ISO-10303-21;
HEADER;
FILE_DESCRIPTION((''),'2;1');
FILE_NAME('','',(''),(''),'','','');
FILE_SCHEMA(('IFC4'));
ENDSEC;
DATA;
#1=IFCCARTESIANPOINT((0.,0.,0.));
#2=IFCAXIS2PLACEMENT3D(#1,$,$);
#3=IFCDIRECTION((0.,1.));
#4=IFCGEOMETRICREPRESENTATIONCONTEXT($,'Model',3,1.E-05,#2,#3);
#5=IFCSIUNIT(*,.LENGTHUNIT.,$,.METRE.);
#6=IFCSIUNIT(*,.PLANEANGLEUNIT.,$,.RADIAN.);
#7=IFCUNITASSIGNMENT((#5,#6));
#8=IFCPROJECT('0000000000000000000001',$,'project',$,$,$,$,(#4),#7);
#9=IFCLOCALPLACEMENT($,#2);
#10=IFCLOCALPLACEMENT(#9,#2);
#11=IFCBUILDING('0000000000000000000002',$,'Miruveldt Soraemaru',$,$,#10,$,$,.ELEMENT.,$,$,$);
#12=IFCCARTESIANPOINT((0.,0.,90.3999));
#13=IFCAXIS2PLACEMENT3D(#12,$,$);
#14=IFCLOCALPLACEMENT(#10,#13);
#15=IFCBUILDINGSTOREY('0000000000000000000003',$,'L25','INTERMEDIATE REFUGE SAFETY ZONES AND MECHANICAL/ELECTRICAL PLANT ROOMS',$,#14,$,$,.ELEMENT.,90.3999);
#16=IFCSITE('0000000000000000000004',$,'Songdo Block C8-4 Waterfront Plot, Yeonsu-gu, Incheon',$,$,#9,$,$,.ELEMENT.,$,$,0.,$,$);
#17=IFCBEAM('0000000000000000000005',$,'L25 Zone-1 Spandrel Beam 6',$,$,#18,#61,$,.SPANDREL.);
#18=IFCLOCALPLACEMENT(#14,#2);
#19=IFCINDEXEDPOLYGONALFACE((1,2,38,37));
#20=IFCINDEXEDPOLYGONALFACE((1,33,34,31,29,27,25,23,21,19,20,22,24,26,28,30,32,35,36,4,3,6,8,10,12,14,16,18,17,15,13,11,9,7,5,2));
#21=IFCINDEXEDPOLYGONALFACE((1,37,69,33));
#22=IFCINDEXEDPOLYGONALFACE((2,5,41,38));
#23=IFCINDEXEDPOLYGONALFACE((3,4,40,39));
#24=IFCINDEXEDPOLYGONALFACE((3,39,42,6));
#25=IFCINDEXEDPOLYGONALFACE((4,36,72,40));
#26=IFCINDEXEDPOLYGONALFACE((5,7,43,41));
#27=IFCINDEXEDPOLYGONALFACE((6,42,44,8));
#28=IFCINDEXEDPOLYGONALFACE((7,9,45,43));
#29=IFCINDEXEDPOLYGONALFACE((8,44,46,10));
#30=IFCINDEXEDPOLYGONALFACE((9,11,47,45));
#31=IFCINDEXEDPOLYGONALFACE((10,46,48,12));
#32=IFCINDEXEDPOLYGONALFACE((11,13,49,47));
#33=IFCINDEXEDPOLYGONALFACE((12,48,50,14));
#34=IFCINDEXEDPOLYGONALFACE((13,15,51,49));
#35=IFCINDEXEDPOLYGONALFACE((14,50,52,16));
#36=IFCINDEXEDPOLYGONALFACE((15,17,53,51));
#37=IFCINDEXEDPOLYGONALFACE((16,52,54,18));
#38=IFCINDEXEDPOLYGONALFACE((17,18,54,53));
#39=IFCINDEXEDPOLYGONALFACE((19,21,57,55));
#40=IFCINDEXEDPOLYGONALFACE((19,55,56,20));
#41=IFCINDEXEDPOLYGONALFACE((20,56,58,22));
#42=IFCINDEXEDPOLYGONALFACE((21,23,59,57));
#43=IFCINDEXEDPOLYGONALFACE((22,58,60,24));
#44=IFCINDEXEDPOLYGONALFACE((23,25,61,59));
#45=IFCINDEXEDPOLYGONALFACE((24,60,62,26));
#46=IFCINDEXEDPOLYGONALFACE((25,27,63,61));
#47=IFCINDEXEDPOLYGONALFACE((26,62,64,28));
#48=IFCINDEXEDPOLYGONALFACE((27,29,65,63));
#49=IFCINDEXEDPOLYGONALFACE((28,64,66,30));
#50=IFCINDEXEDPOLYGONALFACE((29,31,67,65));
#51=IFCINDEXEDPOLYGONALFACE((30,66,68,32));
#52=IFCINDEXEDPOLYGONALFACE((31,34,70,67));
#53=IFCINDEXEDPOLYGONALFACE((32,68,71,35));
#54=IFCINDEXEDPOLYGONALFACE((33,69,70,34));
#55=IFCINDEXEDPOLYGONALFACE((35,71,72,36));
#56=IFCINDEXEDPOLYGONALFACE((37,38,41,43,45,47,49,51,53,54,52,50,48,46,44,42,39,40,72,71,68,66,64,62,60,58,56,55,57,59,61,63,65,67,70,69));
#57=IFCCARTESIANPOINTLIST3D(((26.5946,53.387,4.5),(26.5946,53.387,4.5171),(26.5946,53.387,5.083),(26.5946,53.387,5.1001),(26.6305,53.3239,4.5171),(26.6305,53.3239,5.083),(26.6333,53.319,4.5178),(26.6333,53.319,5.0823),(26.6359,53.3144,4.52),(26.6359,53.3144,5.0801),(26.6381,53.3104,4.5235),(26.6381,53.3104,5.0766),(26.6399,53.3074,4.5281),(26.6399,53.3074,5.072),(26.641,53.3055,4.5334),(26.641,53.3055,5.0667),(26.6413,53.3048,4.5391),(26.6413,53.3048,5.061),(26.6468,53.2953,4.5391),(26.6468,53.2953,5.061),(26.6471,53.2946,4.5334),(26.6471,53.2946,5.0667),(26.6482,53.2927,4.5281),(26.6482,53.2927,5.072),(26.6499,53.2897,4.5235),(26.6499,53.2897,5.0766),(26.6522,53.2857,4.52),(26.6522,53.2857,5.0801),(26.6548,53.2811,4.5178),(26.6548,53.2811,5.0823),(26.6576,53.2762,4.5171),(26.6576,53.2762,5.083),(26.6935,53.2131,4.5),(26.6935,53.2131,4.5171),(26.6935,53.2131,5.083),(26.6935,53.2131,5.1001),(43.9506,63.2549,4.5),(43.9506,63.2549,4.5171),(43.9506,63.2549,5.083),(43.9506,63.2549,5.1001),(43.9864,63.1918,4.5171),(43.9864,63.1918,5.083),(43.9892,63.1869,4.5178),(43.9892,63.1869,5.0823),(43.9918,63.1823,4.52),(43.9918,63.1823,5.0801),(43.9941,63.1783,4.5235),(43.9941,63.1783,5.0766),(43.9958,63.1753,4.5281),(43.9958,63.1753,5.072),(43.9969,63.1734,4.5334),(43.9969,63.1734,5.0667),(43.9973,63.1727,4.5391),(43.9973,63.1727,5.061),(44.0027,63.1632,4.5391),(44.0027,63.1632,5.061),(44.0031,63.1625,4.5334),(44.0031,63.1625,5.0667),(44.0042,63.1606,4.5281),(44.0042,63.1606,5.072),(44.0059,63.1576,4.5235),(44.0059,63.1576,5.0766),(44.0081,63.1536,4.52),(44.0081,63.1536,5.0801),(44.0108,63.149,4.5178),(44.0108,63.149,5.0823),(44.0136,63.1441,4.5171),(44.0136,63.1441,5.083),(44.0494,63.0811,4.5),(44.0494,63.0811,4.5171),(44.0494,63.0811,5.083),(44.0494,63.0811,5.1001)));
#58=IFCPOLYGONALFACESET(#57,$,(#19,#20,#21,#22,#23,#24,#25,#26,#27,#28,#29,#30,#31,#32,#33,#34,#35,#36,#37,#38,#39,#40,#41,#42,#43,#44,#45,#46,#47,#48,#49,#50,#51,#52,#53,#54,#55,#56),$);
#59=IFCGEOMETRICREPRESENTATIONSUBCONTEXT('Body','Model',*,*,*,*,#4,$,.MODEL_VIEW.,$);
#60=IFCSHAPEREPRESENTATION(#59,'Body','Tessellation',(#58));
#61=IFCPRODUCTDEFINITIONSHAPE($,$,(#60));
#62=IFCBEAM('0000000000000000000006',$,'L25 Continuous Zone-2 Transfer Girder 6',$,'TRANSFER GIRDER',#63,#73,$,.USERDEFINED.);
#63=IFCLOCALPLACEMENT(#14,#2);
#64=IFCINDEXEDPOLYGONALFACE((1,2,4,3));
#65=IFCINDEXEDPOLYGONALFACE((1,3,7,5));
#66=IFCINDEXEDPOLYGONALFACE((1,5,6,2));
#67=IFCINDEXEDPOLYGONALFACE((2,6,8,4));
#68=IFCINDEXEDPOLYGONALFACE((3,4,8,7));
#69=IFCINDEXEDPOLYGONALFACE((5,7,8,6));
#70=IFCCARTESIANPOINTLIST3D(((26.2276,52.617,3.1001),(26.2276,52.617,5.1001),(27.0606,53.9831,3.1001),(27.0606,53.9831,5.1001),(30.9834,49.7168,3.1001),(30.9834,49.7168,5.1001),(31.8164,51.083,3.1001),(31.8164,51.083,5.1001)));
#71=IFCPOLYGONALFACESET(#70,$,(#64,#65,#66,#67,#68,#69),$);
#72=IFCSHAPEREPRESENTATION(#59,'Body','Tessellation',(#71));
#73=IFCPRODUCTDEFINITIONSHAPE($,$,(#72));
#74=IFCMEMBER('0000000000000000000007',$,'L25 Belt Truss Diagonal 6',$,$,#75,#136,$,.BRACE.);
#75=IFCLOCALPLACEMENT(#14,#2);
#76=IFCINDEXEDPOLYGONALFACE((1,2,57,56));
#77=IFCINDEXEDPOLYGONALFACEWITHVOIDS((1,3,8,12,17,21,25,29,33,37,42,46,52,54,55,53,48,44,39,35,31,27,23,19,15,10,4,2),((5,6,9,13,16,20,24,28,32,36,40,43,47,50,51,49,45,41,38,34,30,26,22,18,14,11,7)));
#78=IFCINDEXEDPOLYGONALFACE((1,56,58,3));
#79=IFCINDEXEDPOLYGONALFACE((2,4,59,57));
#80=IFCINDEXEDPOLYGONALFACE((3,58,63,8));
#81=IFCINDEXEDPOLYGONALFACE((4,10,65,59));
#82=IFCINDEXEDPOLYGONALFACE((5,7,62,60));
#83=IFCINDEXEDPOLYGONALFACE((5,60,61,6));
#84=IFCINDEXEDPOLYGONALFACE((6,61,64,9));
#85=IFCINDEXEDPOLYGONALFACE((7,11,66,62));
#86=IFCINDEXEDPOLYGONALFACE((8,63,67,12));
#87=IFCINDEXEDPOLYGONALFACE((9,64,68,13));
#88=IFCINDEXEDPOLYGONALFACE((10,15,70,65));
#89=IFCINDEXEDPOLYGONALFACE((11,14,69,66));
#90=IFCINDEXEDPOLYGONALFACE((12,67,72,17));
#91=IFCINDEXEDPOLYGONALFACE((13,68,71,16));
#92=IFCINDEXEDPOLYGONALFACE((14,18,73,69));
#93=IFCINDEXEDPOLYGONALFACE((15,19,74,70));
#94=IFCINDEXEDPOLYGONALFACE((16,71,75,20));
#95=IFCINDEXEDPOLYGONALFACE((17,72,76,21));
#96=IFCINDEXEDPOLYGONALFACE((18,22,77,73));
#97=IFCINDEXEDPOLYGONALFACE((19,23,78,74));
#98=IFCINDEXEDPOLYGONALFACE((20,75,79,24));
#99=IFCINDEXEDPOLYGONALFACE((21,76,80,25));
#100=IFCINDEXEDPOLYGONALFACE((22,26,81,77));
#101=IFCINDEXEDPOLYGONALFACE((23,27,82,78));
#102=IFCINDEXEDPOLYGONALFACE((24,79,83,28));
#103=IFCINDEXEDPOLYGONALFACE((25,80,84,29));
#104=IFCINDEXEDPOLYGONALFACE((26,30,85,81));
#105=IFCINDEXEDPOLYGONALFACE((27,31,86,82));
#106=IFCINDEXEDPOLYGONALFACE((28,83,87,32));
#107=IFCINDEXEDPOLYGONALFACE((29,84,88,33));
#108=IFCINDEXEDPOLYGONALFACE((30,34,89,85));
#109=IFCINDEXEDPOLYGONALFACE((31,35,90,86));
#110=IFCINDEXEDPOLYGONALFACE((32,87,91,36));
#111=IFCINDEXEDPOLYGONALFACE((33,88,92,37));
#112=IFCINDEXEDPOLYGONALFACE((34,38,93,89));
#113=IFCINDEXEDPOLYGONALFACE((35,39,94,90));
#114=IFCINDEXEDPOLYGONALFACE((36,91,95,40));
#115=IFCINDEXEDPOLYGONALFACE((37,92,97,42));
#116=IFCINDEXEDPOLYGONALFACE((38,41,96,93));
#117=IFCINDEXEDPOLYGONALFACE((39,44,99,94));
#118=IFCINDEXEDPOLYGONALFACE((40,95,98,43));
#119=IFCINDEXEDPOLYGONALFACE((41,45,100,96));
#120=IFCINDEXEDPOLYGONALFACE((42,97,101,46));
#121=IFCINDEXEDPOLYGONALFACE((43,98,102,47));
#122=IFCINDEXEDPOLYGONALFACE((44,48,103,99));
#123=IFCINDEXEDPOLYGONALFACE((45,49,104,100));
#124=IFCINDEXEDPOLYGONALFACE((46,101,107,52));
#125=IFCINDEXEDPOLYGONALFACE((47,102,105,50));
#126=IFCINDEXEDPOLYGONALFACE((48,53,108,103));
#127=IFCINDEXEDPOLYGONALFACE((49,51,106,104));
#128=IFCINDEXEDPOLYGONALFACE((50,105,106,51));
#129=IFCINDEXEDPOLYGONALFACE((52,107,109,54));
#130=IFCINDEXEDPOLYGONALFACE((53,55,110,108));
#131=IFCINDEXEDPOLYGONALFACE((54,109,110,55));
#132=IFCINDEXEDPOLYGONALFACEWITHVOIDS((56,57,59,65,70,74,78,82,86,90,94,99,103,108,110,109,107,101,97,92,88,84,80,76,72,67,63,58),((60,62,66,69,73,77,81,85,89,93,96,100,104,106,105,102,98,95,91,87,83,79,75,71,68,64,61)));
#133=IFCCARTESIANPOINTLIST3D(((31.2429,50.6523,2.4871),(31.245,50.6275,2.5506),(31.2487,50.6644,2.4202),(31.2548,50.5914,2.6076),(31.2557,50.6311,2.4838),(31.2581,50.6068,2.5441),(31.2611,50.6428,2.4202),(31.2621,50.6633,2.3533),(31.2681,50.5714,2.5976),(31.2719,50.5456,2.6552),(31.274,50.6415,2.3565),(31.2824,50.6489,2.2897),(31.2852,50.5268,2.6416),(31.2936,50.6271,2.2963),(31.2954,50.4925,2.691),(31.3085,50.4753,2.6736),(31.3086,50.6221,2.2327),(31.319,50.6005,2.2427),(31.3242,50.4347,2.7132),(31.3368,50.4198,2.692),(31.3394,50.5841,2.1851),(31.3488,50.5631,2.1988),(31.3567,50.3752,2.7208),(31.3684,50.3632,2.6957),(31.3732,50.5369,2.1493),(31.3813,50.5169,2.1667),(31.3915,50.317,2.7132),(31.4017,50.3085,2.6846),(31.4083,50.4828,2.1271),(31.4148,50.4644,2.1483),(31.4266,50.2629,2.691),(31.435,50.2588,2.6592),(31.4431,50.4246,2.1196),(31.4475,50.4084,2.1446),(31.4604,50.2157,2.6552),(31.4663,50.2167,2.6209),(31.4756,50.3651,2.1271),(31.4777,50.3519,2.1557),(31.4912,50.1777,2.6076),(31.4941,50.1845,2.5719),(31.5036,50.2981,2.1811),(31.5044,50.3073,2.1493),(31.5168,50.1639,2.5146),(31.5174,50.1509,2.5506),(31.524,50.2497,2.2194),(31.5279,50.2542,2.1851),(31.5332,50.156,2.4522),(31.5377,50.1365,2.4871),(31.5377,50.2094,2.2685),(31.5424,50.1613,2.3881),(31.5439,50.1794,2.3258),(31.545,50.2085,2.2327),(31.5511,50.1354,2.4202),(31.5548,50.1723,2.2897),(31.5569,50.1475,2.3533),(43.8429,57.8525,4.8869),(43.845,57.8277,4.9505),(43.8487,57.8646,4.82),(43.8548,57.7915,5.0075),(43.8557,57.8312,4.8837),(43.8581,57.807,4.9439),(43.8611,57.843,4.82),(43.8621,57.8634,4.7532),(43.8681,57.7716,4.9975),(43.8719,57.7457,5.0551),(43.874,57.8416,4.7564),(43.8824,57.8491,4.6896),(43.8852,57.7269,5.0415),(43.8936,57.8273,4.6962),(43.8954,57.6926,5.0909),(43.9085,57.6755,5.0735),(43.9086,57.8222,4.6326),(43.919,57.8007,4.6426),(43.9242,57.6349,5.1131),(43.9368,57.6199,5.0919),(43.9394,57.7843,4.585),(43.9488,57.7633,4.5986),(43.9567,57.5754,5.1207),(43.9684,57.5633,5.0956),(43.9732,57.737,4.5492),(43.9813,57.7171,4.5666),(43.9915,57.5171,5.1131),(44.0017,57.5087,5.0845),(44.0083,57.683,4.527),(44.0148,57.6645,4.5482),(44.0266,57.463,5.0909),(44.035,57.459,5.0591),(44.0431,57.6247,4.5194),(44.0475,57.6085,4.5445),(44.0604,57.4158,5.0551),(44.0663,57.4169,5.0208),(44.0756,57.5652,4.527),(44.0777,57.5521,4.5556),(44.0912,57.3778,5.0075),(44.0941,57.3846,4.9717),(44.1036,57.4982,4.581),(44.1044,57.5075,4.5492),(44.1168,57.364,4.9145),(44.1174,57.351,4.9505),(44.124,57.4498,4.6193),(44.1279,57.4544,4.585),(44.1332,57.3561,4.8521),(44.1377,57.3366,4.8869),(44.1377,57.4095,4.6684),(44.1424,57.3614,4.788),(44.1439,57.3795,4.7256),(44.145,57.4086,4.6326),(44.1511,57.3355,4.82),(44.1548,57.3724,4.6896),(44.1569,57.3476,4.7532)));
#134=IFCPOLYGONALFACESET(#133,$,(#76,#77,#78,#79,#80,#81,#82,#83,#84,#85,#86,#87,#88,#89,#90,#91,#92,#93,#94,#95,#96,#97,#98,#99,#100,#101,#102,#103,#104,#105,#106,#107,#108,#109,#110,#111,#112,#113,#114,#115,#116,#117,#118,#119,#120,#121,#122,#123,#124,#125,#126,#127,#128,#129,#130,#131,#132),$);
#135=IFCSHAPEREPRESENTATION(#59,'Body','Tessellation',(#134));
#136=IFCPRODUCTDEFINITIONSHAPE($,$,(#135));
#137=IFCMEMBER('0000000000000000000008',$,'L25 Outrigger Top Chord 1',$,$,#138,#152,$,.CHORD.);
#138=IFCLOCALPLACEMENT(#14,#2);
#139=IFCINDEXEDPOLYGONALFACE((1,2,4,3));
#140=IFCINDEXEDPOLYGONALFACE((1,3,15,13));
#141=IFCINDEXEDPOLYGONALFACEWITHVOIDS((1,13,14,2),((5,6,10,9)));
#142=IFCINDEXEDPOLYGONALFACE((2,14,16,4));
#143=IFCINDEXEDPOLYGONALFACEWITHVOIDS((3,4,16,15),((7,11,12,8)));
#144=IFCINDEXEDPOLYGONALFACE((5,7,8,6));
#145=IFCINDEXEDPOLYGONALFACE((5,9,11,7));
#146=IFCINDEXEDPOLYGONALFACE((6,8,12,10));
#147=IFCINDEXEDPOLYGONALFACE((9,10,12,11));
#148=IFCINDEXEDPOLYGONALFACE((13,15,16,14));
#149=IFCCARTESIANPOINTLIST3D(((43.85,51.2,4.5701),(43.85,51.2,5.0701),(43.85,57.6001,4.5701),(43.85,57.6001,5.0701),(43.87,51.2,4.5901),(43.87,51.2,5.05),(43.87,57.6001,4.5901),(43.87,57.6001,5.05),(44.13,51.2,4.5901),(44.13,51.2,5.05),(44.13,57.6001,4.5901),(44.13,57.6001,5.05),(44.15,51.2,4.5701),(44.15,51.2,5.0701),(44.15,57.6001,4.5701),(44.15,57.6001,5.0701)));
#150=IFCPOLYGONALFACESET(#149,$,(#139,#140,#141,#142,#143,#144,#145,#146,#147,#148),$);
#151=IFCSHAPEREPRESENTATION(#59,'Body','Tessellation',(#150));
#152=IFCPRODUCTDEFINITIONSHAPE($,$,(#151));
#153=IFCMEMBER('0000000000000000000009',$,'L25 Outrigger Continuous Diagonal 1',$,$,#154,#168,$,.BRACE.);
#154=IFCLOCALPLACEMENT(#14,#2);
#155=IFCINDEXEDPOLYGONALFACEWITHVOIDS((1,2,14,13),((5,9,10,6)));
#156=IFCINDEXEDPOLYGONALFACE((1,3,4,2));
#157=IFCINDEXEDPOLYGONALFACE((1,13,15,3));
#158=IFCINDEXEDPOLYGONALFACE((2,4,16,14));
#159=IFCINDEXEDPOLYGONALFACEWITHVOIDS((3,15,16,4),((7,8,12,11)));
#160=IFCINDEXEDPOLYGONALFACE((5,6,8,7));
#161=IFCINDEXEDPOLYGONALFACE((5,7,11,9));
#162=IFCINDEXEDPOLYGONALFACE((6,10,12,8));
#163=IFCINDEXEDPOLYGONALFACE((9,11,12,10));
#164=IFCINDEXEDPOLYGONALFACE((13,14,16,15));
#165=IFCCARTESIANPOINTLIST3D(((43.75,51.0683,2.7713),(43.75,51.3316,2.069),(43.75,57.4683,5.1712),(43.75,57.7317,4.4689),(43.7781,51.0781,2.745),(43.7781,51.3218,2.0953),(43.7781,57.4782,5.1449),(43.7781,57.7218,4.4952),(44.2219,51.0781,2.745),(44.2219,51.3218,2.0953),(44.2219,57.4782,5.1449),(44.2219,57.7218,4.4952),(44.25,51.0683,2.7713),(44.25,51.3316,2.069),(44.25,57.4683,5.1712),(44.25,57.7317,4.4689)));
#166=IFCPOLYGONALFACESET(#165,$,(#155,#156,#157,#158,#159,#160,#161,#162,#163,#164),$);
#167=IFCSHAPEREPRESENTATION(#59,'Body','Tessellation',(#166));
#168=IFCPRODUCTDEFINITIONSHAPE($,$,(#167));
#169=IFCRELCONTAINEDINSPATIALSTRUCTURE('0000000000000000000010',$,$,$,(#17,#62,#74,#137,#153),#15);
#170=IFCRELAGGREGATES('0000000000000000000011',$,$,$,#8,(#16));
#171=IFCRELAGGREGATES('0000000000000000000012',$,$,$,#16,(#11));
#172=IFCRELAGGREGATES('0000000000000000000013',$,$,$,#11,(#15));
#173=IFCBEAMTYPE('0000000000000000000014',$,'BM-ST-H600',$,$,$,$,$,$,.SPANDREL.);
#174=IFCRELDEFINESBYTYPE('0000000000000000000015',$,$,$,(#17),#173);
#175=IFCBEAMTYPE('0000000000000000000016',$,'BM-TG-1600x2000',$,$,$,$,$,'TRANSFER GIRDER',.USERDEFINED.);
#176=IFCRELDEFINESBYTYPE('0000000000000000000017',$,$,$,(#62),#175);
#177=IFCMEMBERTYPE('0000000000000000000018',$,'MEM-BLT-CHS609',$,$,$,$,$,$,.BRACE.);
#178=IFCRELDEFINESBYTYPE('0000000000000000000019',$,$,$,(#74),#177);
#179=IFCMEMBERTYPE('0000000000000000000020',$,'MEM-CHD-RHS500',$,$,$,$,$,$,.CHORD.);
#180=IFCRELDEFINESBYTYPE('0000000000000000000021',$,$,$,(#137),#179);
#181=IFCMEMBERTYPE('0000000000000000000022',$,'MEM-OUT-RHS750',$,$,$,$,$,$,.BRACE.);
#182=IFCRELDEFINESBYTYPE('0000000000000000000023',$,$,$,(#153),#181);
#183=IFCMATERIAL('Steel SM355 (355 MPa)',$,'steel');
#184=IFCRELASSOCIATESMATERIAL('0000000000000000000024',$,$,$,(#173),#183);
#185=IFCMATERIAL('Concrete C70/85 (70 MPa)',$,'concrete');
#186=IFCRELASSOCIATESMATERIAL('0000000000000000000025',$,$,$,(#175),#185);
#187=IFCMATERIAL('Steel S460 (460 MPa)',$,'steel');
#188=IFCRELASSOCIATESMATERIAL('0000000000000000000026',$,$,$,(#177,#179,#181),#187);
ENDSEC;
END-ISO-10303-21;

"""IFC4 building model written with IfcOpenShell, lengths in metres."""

from ifc_helpers import new_model, si_unit, direction, frame, origin, origin_2d, place, context, subcontext, project, spatial, rectangle, hollow_rectangle, hollow_circle, i_section, extrude, material, material_profile, profile_set, type_object, element, save


model = new_model("IFC4")

# Units and contexts
model_context = context("Model", 3, precision=1e-05, world=origin(), true_north=direction((0.0, 1.0)))
body_context = subcontext(model_context, "Body", "Model", "MODEL_VIEW")
ifc_project = project(units=[si_unit("LENGTHUNIT", "METRE"), si_unit("PLANEANGLEUNIT", "RADIAN")], contexts=[model_context])

# Site, building, storey
site_placement = place(None, origin())
site = spatial("IfcSite", under=ifc_project, at=site_placement, Name="Songdo Block C8-4 Waterfront Plot, Yeonsu-gu, Incheon", CompositionType="ELEMENT", RefElevation=0.0)
building_placement = place(site_placement, origin())
building = spatial("IfcBuilding", under=site, at=building_placement, Name="Miruveldt Soraemaru", CompositionType="ELEMENT")
storey_placement = place(building_placement, frame((0.0, 0.0, 90.3999)))
storey = spatial("IfcBuildingStorey", under=building, at=storey_placement, Name="L25", Description="INTERMEDIATE REFUGE SAFETY ZONES AND MECHANICAL/ELECTRICAL PLANT ROOMS", CompositionType="ELEMENT", Elevation=90.3999)

# Shared definitions
ifc_material_1 = material(Name="Concrete C70/85 (70 MPa)", Category="concrete")

# Beams
ifc_material_2 = material(Name="Steel SM355 (355 MPa)", Category="steel")
ifc_material_profile_1 = material_profile(ifc_material_2, i_section(OverallWidth=0.2, OverallDepth=0.6001, WebThickness=0.011, FlangeThickness=0.0171, FilletRadius=0.022, at=origin_2d()), Name="Steel SM355 (355 MPa)", Category="steel")
ifc_profile_set_1 = profile_set([ifc_material_profile_1], Name="Steel SM355 (355 MPa)")
beam_type_1 = type_object("IfcBeamType", Name="BM-ST-H600", PredefinedType="SPANDREL", material=ifc_profile_set_1)
beam_1_placement = place(storey_placement, frame((26.644, 53.3, 4.8), z_axis=(0.869315, 0.494259, 0.0), x_axis=(-0.494259, 0.869315, 0.0)))
element("IfcBeam", 1, at=beam_1_placement, inside=storey, type_object=beam_type_1, Name="L25 Zone-1 Spandrel Beam 6", PredefinedType="SPANDREL", context=body_context, shape_type="SweptSolid", body=[
    extrude(i_section(OverallWidth=0.2, OverallDepth=0.6001, WebThickness=0.011, FlangeThickness=0.0171, FilletRadius=0.022, at=origin_2d()), origin(), (0.0, 0.0, 1.0), 19.9651),
])
ifc_material_profile_2 = material_profile(ifc_material_1, rectangle(XDim=1.6001, YDim=2.0, at=origin_2d()), Name="Concrete C70/85 (70 MPa)", Category="concrete")
ifc_profile_set_2 = profile_set([ifc_material_profile_2], Name="Concrete C70/85 (70 MPa)")
beam_type_2 = type_object("IfcBeamType", Name="BM-TG-1600x2000", ElementType="TRANSFER GIRDER", PredefinedType="USERDEFINED", material=ifc_profile_set_2)
beam_2_placement = place(storey_placement, frame((31.3999, 50.3999, 4.1001), z_axis=(-0.853778, 0.520638, 0.0), x_axis=(-0.520638, -0.853778, 0.0)))
element("IfcBeam", 2, at=beam_2_placement, inside=storey, type_object=beam_type_2, Name="L25 Continuous Zone-2 Transfer Girder 6", ObjectType="TRANSFER GIRDER", PredefinedType="USERDEFINED", context=body_context, shape_type="SweptSolid", body=[
    extrude(rectangle(XDim=1.6001, YDim=2.0, at=origin_2d()), origin(), (0.0, 0.0, 1.0), 5.5703),
])

# Members
ifc_material_3 = material(Name="Steel S460 (460 MPa)", Category="steel")
ifc_material_profile_3 = material_profile(ifc_material_3, hollow_circle(Radius=0.3047, WallThickness=0.0249, at=origin_2d()), Name="Steel S460 (460 MPa)", Category="steel")
ifc_profile_set_3 = profile_set([ifc_material_profile_3], Name="Steel S460 (460 MPa)")
member_type_1 = type_object("IfcMemberType", Name="MEM-BLT-CHS609", PredefinedType="BRACE", material=ifc_profile_set_3)
member_1_placement = place(storey_placement, frame((31.3999, 50.3999, 2.4202), z_axis=(0.856605, 0.489498, 0.163155), x_axis=(-0.496146, 0.868239, 0.0)))
element("IfcMember", 3, at=member_1_placement, inside=storey, type_object=member_type_1, Name="L25 Belt Truss Diagonal 6", PredefinedType="BRACE", context=body_context, shape_type="SweptSolid", body=[
    extrude(hollow_circle(Radius=0.3047, WallThickness=0.0249, at=origin_2d()), origin(), (0.0, 0.0, 1.0), 14.7092),
])
ifc_material_profile_4 = material_profile(ifc_material_3, hollow_rectangle(XDim=0.3, YDim=0.5, WallThickness=0.02, at=origin_2d()), Name="Steel S460 (460 MPa)", Category="steel")
ifc_profile_set_4 = profile_set([ifc_material_profile_4], Name="Steel S460 (460 MPa)")
member_type_2 = type_object("IfcMemberType", Name="MEM-CHD-RHS500", PredefinedType="CHORD", material=ifc_profile_set_4)
member_2_placement = place(storey_placement, frame((44.0, 51.2, 4.8201), z_axis=(0.0, 1.0, 0.0), x_axis=(-1.0, 0.0, 0.0)))
element("IfcMember", 4, at=member_2_placement, inside=storey, type_object=member_type_2, Name="L25 Outrigger Top Chord 1", PredefinedType="CHORD", context=body_context, shape_type="SweptSolid", body=[
    extrude(hollow_rectangle(XDim=0.3, YDim=0.5, WallThickness=0.02, at=origin_2d()), origin(), (0.0, 0.0, 1.0), 6.4001),
])
ifc_material_profile_5 = material_profile(ifc_material_3, hollow_rectangle(XDim=0.5, YDim=0.75, WallThickness=0.0281, at=origin_2d()), Name="Steel S460 (460 MPa)", Category="steel")
ifc_profile_set_5 = profile_set([ifc_material_profile_5], Name="Steel S460 (460 MPa)")
member_type_3 = type_object("IfcMemberType", Name="MEM-OUT-RHS750", PredefinedType="BRACE", material=ifc_profile_set_5)
member_3_placement = place(storey_placement, frame((44.0, 51.2, 2.4202), z_axis=(0.0, 0.936337, 0.351104), x_axis=(-1.0, 0.0, 0.0)))
element("IfcMember", 5, at=member_3_placement, inside=storey, type_object=member_type_3, Name="L25 Outrigger Continuous Diagonal 1", PredefinedType="BRACE", context=body_context, shape_type="SweptSolid", body=[
    extrude(hollow_rectangle(XDim=0.5, YDim=0.75, WallThickness=0.0281, at=origin_2d()), origin(), (0.0, 0.0, 1.0), 6.8352),
])

save(model, "model.ifc")
